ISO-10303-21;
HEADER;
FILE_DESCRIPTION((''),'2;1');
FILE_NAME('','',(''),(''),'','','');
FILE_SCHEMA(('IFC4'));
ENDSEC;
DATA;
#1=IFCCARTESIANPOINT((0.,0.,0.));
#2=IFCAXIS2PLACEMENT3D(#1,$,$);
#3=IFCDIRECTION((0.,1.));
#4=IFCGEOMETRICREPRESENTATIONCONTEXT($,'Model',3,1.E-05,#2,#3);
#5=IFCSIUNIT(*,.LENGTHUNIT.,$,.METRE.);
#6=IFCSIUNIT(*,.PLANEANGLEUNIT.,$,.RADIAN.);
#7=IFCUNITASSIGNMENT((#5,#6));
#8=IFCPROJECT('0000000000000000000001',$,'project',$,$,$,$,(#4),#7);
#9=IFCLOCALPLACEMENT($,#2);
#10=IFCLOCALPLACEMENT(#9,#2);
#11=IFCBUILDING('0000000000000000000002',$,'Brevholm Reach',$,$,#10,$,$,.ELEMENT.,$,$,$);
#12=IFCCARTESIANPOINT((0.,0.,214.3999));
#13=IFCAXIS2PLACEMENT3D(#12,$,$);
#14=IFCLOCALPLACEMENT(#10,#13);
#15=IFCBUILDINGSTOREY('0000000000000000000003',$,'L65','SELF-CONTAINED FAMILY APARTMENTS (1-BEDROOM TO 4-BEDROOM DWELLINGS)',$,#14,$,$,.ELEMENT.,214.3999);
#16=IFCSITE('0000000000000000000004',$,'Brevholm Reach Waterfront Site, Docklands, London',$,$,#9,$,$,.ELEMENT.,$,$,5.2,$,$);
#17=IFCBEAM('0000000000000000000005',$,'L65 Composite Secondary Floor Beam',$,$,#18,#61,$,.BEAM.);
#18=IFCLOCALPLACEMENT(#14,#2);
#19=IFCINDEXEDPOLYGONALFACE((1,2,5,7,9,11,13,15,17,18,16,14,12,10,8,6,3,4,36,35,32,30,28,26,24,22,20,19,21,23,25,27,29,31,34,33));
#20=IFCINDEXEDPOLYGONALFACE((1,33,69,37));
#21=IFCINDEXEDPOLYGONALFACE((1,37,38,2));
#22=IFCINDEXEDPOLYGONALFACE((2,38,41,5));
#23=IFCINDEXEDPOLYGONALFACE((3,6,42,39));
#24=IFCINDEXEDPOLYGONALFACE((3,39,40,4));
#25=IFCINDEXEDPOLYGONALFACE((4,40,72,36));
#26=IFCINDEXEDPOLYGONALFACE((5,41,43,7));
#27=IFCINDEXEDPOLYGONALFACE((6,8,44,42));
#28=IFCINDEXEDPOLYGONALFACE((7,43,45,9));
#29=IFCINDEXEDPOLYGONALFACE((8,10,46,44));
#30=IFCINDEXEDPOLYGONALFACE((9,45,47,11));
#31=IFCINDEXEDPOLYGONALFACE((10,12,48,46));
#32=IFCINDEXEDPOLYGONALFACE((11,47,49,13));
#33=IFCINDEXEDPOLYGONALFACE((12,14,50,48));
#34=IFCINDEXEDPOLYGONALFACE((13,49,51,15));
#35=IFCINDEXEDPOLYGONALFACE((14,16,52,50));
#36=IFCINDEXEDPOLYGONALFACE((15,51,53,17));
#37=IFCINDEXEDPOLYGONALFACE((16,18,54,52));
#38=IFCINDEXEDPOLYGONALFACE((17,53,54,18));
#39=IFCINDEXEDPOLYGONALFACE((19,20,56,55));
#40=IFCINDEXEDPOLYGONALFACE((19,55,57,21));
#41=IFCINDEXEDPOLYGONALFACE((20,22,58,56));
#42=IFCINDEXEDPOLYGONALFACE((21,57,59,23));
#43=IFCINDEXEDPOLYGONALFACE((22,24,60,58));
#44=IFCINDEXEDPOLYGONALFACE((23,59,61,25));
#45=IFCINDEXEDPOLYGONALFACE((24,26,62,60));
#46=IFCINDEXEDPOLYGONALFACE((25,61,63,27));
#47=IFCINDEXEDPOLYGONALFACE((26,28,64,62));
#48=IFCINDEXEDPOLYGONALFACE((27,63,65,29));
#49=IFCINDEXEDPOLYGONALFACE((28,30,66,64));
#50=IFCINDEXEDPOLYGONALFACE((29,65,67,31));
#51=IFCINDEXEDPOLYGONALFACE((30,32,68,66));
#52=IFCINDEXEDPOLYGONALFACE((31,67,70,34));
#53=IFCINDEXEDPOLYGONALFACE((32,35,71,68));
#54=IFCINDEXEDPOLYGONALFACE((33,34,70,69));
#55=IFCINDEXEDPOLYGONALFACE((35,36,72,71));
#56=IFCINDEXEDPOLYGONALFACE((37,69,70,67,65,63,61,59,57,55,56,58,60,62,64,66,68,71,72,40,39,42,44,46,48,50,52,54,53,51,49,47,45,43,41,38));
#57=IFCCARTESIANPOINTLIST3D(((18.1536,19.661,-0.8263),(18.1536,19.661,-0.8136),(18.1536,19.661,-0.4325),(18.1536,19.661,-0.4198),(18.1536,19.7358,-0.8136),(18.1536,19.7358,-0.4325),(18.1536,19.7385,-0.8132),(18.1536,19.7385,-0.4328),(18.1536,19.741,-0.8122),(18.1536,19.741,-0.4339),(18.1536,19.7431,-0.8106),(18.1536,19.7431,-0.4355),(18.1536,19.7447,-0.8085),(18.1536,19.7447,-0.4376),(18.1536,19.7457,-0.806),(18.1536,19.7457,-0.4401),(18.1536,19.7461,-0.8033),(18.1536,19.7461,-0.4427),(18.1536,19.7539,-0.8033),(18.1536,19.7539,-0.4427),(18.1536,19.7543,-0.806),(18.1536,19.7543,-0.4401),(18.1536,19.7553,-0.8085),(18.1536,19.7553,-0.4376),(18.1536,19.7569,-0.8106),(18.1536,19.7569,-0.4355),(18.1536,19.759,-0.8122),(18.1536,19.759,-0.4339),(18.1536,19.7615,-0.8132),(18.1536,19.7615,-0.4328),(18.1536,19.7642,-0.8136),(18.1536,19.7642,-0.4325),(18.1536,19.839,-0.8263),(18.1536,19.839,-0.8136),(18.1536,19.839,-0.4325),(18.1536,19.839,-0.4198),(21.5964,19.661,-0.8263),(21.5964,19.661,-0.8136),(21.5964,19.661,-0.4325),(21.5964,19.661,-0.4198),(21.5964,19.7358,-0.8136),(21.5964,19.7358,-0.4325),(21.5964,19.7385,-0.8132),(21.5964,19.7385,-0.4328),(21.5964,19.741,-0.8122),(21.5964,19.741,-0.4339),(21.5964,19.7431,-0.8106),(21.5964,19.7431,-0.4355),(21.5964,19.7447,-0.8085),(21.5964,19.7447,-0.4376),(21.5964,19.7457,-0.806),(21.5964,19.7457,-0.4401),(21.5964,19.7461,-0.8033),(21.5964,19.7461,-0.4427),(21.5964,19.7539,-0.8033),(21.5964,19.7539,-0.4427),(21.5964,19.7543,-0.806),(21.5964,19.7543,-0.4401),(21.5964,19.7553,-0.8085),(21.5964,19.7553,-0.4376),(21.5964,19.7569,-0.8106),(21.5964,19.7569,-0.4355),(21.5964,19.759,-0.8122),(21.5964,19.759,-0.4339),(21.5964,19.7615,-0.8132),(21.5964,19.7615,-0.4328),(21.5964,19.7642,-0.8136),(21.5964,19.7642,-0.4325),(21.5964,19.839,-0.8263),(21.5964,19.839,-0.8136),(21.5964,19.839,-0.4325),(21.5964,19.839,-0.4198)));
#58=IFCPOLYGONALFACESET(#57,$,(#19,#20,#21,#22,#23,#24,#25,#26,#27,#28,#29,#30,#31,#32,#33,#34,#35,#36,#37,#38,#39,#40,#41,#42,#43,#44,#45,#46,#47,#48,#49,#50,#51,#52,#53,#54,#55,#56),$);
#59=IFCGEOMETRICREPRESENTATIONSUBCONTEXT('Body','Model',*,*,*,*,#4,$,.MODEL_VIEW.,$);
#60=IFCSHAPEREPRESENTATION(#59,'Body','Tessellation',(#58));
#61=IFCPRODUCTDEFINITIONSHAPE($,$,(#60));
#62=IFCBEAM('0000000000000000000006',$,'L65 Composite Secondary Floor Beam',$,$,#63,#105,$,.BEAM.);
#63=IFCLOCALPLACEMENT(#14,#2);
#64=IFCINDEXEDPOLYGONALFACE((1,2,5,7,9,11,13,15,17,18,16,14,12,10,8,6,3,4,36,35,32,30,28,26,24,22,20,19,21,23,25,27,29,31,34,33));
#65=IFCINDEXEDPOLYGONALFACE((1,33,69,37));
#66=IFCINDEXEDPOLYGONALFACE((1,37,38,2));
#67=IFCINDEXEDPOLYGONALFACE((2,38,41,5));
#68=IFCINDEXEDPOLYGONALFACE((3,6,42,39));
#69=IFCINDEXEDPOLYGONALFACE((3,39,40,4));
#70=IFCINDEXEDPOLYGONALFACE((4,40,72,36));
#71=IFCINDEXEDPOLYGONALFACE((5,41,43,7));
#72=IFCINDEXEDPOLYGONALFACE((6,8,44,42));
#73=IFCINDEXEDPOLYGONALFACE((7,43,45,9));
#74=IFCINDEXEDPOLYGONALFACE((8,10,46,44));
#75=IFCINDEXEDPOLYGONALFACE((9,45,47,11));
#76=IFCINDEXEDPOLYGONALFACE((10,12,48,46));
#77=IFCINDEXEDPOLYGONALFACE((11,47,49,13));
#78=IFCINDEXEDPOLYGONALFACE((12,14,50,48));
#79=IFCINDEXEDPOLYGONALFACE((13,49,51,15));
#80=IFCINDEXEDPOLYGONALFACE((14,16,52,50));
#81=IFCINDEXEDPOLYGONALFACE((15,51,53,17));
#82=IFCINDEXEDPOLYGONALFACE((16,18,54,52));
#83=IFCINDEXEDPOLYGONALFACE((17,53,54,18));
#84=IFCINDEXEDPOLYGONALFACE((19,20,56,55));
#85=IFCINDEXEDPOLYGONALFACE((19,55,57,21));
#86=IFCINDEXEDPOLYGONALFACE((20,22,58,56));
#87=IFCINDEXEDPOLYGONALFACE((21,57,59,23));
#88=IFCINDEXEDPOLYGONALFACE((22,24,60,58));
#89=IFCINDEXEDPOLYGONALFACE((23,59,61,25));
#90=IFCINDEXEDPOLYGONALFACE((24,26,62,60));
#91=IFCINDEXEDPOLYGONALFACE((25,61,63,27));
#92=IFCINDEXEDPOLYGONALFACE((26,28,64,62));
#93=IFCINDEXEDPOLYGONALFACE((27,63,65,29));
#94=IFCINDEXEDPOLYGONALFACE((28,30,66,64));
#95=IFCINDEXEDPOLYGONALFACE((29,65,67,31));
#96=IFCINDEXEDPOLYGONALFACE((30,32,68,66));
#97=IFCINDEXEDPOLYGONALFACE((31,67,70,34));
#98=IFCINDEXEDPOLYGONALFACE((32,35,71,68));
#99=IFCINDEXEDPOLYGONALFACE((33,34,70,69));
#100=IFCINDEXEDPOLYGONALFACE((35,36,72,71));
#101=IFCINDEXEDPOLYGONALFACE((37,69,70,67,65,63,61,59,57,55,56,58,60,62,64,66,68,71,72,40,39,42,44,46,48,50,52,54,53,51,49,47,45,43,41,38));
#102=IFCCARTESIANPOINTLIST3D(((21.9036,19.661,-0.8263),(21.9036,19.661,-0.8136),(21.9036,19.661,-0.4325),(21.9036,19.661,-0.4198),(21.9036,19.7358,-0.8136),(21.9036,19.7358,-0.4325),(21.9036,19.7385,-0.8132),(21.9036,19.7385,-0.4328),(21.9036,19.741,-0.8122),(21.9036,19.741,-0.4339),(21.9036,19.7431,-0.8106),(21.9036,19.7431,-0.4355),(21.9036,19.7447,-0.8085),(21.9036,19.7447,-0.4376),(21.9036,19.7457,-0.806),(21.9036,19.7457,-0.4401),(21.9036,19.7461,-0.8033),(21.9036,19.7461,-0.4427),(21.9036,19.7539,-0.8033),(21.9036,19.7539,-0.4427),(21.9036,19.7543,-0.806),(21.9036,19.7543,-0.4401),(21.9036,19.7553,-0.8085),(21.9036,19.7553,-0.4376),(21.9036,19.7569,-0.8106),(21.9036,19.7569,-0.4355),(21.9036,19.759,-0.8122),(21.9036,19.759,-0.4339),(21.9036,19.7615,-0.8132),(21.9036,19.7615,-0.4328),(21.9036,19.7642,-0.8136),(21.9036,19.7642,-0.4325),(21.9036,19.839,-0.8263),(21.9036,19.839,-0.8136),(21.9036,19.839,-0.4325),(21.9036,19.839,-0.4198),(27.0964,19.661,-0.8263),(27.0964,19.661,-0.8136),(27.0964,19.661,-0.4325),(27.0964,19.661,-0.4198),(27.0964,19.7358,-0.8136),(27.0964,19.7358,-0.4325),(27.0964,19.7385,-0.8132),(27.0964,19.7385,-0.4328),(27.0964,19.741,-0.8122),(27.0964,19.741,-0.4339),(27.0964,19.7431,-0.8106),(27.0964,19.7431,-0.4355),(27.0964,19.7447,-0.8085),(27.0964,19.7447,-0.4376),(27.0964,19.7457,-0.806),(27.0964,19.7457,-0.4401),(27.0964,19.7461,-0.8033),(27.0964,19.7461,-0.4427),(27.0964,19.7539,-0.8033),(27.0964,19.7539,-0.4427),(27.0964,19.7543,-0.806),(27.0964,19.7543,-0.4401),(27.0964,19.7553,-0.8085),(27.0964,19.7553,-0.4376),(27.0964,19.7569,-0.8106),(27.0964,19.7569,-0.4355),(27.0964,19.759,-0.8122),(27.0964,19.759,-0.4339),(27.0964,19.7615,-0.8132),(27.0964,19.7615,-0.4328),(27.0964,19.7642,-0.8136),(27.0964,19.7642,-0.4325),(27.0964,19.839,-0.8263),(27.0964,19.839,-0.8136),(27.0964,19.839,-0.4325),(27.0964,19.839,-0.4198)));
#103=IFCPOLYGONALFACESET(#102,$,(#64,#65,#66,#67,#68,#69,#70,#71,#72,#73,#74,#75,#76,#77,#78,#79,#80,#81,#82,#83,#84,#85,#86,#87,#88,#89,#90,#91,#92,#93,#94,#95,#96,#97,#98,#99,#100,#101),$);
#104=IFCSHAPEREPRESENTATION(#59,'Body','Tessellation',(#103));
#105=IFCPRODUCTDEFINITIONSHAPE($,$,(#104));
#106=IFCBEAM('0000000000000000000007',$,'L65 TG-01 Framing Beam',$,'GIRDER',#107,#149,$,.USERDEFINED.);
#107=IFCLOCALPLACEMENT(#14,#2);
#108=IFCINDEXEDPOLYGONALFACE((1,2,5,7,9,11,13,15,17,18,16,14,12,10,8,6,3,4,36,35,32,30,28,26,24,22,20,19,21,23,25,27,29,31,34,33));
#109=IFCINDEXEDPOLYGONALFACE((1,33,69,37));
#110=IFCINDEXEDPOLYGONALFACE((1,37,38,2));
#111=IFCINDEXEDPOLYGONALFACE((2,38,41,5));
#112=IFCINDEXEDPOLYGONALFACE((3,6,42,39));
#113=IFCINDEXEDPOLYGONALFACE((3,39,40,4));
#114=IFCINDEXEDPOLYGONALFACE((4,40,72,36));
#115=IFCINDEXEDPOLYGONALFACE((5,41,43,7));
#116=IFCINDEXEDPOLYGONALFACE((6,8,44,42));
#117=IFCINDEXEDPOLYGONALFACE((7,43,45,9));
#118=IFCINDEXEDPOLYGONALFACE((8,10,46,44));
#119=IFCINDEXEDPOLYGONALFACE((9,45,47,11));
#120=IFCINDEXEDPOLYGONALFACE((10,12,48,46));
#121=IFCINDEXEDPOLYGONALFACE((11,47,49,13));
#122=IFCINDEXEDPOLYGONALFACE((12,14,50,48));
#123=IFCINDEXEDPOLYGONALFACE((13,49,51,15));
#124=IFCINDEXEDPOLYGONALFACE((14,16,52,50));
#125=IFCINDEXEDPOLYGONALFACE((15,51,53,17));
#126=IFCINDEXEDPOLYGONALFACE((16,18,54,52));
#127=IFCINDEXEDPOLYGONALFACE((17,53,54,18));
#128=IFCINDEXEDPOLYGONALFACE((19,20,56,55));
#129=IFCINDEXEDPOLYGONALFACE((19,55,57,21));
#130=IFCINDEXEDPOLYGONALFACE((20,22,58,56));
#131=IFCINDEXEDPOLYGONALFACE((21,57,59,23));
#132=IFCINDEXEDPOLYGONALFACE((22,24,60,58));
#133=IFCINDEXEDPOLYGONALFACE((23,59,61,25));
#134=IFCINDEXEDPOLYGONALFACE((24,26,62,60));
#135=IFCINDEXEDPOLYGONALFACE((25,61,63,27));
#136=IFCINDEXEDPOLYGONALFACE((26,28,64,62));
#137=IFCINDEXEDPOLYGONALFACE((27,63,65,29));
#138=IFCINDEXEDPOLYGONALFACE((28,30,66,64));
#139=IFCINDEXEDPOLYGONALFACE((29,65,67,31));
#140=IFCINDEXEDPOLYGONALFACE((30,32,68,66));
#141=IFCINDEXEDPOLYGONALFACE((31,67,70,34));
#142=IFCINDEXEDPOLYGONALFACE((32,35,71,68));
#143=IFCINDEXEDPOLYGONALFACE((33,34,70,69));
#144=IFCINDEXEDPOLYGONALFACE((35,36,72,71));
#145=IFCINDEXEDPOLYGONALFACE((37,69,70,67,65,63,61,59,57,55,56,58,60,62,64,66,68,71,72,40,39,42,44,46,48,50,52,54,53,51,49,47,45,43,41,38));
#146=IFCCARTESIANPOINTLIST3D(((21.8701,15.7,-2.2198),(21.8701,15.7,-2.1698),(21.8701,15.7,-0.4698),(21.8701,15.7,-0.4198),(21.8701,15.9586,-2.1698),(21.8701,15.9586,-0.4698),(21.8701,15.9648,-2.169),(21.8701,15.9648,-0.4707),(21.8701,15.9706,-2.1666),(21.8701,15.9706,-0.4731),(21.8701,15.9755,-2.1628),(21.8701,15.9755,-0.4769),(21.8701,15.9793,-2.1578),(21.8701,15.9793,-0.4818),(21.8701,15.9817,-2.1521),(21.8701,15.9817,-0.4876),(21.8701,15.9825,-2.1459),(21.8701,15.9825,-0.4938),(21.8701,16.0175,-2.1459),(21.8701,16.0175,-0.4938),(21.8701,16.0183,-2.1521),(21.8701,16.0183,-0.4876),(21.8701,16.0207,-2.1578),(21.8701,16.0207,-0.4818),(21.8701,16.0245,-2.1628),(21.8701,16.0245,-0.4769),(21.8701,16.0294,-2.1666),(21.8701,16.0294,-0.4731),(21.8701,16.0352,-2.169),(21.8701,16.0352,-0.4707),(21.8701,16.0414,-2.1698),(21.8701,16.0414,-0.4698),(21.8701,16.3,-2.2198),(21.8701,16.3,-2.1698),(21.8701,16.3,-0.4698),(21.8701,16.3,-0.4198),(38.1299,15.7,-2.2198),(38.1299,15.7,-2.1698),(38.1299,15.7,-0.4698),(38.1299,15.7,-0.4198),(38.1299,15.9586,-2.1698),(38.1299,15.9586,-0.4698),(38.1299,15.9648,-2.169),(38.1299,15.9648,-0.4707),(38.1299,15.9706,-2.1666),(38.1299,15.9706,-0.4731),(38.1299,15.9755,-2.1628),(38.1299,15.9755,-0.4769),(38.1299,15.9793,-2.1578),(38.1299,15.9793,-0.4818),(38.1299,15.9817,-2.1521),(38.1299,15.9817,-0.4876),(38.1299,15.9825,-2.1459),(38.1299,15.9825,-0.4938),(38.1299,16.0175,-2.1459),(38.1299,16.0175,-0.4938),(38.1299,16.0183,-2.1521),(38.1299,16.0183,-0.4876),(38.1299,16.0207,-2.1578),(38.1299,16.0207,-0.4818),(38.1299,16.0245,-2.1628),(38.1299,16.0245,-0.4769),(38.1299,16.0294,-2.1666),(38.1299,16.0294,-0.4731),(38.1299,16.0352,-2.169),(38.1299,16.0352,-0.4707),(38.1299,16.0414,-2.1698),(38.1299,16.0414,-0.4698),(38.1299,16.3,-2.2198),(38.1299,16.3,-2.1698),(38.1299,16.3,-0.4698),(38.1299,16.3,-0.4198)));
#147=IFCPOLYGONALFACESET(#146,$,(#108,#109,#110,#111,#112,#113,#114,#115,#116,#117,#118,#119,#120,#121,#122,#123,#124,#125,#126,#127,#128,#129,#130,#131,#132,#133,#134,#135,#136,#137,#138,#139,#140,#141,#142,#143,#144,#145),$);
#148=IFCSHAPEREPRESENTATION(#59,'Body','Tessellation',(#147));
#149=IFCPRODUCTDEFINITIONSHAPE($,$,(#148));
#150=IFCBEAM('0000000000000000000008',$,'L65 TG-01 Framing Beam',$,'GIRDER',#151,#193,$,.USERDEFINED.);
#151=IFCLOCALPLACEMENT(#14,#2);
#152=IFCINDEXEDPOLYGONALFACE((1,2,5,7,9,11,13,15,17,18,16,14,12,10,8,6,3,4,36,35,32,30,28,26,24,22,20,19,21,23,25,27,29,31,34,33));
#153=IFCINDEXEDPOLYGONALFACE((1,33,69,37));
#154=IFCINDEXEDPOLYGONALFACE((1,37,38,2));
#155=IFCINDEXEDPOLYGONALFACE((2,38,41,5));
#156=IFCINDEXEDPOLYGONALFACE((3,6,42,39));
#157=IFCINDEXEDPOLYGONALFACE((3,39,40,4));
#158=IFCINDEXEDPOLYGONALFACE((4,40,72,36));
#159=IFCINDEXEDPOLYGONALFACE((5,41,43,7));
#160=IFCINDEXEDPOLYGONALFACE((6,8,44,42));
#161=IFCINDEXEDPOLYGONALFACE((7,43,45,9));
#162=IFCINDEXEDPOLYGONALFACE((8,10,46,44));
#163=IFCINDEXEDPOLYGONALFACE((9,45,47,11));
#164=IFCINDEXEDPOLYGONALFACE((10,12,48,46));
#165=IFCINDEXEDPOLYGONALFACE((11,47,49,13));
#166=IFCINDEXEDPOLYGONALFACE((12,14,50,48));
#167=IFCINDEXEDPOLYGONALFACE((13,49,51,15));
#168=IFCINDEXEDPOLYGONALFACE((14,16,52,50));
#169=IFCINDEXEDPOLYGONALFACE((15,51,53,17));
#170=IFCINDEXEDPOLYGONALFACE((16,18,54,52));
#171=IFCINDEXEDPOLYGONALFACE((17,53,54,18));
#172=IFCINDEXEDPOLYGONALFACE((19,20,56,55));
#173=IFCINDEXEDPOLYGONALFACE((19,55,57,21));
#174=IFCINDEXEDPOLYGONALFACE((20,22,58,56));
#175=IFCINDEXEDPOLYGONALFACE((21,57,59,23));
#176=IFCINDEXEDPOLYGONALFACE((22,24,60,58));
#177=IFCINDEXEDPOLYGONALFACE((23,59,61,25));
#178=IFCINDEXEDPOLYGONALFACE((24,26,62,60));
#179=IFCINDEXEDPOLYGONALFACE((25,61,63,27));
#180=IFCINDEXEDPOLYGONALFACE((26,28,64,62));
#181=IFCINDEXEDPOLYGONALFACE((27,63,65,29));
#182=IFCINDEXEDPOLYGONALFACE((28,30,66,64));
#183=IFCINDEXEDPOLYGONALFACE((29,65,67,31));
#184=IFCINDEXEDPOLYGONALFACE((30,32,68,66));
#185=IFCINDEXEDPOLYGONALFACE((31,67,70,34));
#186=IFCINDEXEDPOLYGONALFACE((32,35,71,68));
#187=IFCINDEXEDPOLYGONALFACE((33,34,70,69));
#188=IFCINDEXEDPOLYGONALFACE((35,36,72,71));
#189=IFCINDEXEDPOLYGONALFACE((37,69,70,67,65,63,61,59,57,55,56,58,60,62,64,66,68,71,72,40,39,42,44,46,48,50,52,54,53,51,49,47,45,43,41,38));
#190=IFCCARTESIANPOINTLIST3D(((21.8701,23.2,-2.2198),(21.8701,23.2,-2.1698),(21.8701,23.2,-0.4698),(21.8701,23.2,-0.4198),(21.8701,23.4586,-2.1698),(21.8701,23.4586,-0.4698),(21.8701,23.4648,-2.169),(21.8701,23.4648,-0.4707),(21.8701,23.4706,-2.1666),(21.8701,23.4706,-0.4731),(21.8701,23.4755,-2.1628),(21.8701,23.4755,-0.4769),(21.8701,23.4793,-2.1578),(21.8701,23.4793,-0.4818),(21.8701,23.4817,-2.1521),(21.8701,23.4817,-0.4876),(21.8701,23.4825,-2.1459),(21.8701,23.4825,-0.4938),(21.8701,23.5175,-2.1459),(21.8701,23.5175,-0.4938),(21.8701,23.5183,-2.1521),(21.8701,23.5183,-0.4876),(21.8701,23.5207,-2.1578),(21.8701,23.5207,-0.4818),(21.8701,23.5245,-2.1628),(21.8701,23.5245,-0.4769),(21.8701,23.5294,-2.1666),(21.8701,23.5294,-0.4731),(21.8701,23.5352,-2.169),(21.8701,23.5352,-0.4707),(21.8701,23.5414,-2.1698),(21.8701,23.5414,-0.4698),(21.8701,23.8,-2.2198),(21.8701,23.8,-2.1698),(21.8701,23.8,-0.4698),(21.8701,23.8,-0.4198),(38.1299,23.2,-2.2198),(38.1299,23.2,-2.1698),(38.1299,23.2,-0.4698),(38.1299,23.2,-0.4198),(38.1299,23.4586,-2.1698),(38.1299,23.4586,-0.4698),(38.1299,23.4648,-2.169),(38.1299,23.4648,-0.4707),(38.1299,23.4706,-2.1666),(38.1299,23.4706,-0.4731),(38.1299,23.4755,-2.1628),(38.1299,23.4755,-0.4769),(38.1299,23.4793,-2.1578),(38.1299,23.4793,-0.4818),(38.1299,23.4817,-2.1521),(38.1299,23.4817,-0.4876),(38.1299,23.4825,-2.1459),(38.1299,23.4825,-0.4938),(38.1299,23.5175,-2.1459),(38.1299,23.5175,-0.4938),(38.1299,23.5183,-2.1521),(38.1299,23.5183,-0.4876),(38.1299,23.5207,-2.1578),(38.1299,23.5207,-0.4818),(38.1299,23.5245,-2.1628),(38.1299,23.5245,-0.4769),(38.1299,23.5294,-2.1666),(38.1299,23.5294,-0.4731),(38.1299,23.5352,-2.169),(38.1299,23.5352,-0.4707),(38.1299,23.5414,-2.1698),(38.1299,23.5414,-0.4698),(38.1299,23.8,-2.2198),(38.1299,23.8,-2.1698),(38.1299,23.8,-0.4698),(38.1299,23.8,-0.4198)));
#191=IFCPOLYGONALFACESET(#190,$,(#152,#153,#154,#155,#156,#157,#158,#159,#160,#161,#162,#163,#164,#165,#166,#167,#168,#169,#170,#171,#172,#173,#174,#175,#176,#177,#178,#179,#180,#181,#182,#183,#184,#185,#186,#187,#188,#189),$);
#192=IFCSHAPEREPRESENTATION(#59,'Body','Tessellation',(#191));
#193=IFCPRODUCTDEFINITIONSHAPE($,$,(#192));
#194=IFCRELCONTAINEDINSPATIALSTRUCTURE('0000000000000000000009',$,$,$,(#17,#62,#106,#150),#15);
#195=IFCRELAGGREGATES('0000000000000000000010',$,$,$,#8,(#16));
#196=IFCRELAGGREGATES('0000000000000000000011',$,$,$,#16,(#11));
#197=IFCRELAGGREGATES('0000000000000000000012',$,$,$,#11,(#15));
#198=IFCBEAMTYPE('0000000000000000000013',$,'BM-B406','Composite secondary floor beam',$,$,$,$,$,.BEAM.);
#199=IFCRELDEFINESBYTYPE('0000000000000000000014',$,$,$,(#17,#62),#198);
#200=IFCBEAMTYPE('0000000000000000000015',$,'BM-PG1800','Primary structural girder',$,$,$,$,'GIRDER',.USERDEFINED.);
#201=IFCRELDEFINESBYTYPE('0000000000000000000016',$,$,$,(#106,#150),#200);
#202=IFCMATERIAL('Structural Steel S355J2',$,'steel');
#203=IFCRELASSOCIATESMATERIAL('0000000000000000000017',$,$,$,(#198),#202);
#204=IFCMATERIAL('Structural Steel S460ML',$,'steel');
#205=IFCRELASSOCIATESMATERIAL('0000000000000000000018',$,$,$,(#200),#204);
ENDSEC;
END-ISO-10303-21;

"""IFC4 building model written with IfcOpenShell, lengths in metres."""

from ifc_helpers import new_model, si_unit, direction, frame, origin, origin_2d, place, context, subcontext, project, spatial, i_section, extrude, material, material_profile, profile_set, type_object, element, save


model = new_model("IFC4")

# Units and contexts
model_context = context("Model", 3, precision=1e-05, world=origin(), true_north=direction((0.0, 1.0)))
body_context = subcontext(model_context, "Body", "Model", "MODEL_VIEW")
ifc_project = project(units=[si_unit("LENGTHUNIT", "METRE"), si_unit("PLANEANGLEUNIT", "RADIAN")], contexts=[model_context])

# Site, building, storey
site_placement = place(None, origin())
site = spatial("IfcSite", under=ifc_project, at=site_placement, Name="Brevholm Reach Waterfront Site, Docklands, London", CompositionType="ELEMENT", RefElevation=5.2)
building_placement = place(site_placement, origin())
building = spatial("IfcBuilding", under=site, at=building_placement, Name="Brevholm Reach", CompositionType="ELEMENT")
storey_placement = place(building_placement, frame((0.0, 0.0, 214.3999)))
storey = spatial("IfcBuildingStorey", under=building, at=storey_placement, Name="L65", Description="SELF-CONTAINED FAMILY APARTMENTS (1-BEDROOM TO 4-BEDROOM DWELLINGS)", CompositionType="ELEMENT", Elevation=214.3999)

# Beams
ifc_material_1 = material(Name="Structural Steel S355J2", Category="steel")
ifc_material_profile_1 = material_profile(ifc_material_1, i_section(OverallWidth=0.178, OverallDepth=0.4065, WebThickness=0.0078, FlangeThickness=0.0127, FilletRadius=0.0103, at=origin_2d()), Name="UKB 406x178x60")
ifc_profile_set_1 = profile_set([ifc_material_profile_1], Name="Structural Steel S355J2")
beam_type_1 = type_object("IfcBeamType", Name="BM-B406", Description="Composite secondary floor beam", PredefinedType="BEAM", material=ifc_profile_set_1)
beam_1_placement = place(storey_placement, frame((18.1536, 19.75, -0.623), z_axis=(1.0, 0.0, 0.0), x_axis=(0.0, 1.0, 0.0)))
element("IfcBeam", 1, at=beam_1_placement, inside=storey, type_object=beam_type_1, Name="L65 Composite Secondary Floor Beam", PredefinedType="BEAM", context=body_context, shape_type="SweptSolid", body=[
    extrude(i_section(OverallWidth=0.178, OverallDepth=0.4065, WebThickness=0.0078, FlangeThickness=0.0127, FilletRadius=0.0103, at=origin_2d()), origin(), (0.0, 0.0, 1.0), 3.4429),
])
beam_2_placement = place(storey_placement, frame((21.9036, 19.75, -0.623), z_axis=(1.0, 0.0, 0.0), x_axis=(0.0, 1.0, 0.0)))
element("IfcBeam", 2, at=beam_2_placement, inside=storey, type_object=beam_type_1, Name="L65 Composite Secondary Floor Beam", PredefinedType="BEAM", context=body_context, shape_type="SweptSolid", body=[
    extrude(i_section(OverallWidth=0.178, OverallDepth=0.4065, WebThickness=0.0078, FlangeThickness=0.0127, FilletRadius=0.0103, at=origin_2d()), origin(), (0.0, 0.0, 1.0), 5.1929),
])
ifc_material_2 = material(Name="Structural Steel S460ML", Category="steel")
ifc_material_profile_2 = material_profile(ifc_material_2, i_section(OverallWidth=0.6001, OverallDepth=1.8, WebThickness=0.0349, FlangeThickness=0.05, FilletRadius=0.0239, at=origin_2d()), Name="PG 1800x600x50")
ifc_profile_set_2 = profile_set([ifc_material_profile_2], Name="Structural Steel S460ML")
beam_type_2 = type_object("IfcBeamType", Name="BM-PG1800", Description="Primary structural girder", ElementType="GIRDER", PredefinedType="USERDEFINED", material=ifc_profile_set_2)
for number, where, z_axis, x_axis, name in (
    (3, (21.8701, 16.0, -1.3198), (1.0, 0.0, 0.0), (0.0, 1.0, 0.0), "L65 TG-01 Framing Beam"),
    (4, (21.8701, 23.5, -1.3198), (1.0, 0.0, 0.0), (0.0, 1.0, 0.0), "L65 TG-01 Framing Beam"),
):
    element("IfcBeam", number, at=place(storey_placement, frame(where, z_axis=z_axis, x_axis=x_axis)), inside=storey, type_object=beam_type_2, Name=name, ObjectType="GIRDER", PredefinedType="USERDEFINED", context=body_context, shape_type="SweptSolid", body=[
        extrude(i_section(OverallWidth=0.6001, OverallDepth=1.8, WebThickness=0.0349, FlangeThickness=0.05, FilletRadius=0.0239, at=origin_2d()), origin(), (0.0, 0.0, 1.0), 16.2598),
    ])

save(model, "model.ifc")
